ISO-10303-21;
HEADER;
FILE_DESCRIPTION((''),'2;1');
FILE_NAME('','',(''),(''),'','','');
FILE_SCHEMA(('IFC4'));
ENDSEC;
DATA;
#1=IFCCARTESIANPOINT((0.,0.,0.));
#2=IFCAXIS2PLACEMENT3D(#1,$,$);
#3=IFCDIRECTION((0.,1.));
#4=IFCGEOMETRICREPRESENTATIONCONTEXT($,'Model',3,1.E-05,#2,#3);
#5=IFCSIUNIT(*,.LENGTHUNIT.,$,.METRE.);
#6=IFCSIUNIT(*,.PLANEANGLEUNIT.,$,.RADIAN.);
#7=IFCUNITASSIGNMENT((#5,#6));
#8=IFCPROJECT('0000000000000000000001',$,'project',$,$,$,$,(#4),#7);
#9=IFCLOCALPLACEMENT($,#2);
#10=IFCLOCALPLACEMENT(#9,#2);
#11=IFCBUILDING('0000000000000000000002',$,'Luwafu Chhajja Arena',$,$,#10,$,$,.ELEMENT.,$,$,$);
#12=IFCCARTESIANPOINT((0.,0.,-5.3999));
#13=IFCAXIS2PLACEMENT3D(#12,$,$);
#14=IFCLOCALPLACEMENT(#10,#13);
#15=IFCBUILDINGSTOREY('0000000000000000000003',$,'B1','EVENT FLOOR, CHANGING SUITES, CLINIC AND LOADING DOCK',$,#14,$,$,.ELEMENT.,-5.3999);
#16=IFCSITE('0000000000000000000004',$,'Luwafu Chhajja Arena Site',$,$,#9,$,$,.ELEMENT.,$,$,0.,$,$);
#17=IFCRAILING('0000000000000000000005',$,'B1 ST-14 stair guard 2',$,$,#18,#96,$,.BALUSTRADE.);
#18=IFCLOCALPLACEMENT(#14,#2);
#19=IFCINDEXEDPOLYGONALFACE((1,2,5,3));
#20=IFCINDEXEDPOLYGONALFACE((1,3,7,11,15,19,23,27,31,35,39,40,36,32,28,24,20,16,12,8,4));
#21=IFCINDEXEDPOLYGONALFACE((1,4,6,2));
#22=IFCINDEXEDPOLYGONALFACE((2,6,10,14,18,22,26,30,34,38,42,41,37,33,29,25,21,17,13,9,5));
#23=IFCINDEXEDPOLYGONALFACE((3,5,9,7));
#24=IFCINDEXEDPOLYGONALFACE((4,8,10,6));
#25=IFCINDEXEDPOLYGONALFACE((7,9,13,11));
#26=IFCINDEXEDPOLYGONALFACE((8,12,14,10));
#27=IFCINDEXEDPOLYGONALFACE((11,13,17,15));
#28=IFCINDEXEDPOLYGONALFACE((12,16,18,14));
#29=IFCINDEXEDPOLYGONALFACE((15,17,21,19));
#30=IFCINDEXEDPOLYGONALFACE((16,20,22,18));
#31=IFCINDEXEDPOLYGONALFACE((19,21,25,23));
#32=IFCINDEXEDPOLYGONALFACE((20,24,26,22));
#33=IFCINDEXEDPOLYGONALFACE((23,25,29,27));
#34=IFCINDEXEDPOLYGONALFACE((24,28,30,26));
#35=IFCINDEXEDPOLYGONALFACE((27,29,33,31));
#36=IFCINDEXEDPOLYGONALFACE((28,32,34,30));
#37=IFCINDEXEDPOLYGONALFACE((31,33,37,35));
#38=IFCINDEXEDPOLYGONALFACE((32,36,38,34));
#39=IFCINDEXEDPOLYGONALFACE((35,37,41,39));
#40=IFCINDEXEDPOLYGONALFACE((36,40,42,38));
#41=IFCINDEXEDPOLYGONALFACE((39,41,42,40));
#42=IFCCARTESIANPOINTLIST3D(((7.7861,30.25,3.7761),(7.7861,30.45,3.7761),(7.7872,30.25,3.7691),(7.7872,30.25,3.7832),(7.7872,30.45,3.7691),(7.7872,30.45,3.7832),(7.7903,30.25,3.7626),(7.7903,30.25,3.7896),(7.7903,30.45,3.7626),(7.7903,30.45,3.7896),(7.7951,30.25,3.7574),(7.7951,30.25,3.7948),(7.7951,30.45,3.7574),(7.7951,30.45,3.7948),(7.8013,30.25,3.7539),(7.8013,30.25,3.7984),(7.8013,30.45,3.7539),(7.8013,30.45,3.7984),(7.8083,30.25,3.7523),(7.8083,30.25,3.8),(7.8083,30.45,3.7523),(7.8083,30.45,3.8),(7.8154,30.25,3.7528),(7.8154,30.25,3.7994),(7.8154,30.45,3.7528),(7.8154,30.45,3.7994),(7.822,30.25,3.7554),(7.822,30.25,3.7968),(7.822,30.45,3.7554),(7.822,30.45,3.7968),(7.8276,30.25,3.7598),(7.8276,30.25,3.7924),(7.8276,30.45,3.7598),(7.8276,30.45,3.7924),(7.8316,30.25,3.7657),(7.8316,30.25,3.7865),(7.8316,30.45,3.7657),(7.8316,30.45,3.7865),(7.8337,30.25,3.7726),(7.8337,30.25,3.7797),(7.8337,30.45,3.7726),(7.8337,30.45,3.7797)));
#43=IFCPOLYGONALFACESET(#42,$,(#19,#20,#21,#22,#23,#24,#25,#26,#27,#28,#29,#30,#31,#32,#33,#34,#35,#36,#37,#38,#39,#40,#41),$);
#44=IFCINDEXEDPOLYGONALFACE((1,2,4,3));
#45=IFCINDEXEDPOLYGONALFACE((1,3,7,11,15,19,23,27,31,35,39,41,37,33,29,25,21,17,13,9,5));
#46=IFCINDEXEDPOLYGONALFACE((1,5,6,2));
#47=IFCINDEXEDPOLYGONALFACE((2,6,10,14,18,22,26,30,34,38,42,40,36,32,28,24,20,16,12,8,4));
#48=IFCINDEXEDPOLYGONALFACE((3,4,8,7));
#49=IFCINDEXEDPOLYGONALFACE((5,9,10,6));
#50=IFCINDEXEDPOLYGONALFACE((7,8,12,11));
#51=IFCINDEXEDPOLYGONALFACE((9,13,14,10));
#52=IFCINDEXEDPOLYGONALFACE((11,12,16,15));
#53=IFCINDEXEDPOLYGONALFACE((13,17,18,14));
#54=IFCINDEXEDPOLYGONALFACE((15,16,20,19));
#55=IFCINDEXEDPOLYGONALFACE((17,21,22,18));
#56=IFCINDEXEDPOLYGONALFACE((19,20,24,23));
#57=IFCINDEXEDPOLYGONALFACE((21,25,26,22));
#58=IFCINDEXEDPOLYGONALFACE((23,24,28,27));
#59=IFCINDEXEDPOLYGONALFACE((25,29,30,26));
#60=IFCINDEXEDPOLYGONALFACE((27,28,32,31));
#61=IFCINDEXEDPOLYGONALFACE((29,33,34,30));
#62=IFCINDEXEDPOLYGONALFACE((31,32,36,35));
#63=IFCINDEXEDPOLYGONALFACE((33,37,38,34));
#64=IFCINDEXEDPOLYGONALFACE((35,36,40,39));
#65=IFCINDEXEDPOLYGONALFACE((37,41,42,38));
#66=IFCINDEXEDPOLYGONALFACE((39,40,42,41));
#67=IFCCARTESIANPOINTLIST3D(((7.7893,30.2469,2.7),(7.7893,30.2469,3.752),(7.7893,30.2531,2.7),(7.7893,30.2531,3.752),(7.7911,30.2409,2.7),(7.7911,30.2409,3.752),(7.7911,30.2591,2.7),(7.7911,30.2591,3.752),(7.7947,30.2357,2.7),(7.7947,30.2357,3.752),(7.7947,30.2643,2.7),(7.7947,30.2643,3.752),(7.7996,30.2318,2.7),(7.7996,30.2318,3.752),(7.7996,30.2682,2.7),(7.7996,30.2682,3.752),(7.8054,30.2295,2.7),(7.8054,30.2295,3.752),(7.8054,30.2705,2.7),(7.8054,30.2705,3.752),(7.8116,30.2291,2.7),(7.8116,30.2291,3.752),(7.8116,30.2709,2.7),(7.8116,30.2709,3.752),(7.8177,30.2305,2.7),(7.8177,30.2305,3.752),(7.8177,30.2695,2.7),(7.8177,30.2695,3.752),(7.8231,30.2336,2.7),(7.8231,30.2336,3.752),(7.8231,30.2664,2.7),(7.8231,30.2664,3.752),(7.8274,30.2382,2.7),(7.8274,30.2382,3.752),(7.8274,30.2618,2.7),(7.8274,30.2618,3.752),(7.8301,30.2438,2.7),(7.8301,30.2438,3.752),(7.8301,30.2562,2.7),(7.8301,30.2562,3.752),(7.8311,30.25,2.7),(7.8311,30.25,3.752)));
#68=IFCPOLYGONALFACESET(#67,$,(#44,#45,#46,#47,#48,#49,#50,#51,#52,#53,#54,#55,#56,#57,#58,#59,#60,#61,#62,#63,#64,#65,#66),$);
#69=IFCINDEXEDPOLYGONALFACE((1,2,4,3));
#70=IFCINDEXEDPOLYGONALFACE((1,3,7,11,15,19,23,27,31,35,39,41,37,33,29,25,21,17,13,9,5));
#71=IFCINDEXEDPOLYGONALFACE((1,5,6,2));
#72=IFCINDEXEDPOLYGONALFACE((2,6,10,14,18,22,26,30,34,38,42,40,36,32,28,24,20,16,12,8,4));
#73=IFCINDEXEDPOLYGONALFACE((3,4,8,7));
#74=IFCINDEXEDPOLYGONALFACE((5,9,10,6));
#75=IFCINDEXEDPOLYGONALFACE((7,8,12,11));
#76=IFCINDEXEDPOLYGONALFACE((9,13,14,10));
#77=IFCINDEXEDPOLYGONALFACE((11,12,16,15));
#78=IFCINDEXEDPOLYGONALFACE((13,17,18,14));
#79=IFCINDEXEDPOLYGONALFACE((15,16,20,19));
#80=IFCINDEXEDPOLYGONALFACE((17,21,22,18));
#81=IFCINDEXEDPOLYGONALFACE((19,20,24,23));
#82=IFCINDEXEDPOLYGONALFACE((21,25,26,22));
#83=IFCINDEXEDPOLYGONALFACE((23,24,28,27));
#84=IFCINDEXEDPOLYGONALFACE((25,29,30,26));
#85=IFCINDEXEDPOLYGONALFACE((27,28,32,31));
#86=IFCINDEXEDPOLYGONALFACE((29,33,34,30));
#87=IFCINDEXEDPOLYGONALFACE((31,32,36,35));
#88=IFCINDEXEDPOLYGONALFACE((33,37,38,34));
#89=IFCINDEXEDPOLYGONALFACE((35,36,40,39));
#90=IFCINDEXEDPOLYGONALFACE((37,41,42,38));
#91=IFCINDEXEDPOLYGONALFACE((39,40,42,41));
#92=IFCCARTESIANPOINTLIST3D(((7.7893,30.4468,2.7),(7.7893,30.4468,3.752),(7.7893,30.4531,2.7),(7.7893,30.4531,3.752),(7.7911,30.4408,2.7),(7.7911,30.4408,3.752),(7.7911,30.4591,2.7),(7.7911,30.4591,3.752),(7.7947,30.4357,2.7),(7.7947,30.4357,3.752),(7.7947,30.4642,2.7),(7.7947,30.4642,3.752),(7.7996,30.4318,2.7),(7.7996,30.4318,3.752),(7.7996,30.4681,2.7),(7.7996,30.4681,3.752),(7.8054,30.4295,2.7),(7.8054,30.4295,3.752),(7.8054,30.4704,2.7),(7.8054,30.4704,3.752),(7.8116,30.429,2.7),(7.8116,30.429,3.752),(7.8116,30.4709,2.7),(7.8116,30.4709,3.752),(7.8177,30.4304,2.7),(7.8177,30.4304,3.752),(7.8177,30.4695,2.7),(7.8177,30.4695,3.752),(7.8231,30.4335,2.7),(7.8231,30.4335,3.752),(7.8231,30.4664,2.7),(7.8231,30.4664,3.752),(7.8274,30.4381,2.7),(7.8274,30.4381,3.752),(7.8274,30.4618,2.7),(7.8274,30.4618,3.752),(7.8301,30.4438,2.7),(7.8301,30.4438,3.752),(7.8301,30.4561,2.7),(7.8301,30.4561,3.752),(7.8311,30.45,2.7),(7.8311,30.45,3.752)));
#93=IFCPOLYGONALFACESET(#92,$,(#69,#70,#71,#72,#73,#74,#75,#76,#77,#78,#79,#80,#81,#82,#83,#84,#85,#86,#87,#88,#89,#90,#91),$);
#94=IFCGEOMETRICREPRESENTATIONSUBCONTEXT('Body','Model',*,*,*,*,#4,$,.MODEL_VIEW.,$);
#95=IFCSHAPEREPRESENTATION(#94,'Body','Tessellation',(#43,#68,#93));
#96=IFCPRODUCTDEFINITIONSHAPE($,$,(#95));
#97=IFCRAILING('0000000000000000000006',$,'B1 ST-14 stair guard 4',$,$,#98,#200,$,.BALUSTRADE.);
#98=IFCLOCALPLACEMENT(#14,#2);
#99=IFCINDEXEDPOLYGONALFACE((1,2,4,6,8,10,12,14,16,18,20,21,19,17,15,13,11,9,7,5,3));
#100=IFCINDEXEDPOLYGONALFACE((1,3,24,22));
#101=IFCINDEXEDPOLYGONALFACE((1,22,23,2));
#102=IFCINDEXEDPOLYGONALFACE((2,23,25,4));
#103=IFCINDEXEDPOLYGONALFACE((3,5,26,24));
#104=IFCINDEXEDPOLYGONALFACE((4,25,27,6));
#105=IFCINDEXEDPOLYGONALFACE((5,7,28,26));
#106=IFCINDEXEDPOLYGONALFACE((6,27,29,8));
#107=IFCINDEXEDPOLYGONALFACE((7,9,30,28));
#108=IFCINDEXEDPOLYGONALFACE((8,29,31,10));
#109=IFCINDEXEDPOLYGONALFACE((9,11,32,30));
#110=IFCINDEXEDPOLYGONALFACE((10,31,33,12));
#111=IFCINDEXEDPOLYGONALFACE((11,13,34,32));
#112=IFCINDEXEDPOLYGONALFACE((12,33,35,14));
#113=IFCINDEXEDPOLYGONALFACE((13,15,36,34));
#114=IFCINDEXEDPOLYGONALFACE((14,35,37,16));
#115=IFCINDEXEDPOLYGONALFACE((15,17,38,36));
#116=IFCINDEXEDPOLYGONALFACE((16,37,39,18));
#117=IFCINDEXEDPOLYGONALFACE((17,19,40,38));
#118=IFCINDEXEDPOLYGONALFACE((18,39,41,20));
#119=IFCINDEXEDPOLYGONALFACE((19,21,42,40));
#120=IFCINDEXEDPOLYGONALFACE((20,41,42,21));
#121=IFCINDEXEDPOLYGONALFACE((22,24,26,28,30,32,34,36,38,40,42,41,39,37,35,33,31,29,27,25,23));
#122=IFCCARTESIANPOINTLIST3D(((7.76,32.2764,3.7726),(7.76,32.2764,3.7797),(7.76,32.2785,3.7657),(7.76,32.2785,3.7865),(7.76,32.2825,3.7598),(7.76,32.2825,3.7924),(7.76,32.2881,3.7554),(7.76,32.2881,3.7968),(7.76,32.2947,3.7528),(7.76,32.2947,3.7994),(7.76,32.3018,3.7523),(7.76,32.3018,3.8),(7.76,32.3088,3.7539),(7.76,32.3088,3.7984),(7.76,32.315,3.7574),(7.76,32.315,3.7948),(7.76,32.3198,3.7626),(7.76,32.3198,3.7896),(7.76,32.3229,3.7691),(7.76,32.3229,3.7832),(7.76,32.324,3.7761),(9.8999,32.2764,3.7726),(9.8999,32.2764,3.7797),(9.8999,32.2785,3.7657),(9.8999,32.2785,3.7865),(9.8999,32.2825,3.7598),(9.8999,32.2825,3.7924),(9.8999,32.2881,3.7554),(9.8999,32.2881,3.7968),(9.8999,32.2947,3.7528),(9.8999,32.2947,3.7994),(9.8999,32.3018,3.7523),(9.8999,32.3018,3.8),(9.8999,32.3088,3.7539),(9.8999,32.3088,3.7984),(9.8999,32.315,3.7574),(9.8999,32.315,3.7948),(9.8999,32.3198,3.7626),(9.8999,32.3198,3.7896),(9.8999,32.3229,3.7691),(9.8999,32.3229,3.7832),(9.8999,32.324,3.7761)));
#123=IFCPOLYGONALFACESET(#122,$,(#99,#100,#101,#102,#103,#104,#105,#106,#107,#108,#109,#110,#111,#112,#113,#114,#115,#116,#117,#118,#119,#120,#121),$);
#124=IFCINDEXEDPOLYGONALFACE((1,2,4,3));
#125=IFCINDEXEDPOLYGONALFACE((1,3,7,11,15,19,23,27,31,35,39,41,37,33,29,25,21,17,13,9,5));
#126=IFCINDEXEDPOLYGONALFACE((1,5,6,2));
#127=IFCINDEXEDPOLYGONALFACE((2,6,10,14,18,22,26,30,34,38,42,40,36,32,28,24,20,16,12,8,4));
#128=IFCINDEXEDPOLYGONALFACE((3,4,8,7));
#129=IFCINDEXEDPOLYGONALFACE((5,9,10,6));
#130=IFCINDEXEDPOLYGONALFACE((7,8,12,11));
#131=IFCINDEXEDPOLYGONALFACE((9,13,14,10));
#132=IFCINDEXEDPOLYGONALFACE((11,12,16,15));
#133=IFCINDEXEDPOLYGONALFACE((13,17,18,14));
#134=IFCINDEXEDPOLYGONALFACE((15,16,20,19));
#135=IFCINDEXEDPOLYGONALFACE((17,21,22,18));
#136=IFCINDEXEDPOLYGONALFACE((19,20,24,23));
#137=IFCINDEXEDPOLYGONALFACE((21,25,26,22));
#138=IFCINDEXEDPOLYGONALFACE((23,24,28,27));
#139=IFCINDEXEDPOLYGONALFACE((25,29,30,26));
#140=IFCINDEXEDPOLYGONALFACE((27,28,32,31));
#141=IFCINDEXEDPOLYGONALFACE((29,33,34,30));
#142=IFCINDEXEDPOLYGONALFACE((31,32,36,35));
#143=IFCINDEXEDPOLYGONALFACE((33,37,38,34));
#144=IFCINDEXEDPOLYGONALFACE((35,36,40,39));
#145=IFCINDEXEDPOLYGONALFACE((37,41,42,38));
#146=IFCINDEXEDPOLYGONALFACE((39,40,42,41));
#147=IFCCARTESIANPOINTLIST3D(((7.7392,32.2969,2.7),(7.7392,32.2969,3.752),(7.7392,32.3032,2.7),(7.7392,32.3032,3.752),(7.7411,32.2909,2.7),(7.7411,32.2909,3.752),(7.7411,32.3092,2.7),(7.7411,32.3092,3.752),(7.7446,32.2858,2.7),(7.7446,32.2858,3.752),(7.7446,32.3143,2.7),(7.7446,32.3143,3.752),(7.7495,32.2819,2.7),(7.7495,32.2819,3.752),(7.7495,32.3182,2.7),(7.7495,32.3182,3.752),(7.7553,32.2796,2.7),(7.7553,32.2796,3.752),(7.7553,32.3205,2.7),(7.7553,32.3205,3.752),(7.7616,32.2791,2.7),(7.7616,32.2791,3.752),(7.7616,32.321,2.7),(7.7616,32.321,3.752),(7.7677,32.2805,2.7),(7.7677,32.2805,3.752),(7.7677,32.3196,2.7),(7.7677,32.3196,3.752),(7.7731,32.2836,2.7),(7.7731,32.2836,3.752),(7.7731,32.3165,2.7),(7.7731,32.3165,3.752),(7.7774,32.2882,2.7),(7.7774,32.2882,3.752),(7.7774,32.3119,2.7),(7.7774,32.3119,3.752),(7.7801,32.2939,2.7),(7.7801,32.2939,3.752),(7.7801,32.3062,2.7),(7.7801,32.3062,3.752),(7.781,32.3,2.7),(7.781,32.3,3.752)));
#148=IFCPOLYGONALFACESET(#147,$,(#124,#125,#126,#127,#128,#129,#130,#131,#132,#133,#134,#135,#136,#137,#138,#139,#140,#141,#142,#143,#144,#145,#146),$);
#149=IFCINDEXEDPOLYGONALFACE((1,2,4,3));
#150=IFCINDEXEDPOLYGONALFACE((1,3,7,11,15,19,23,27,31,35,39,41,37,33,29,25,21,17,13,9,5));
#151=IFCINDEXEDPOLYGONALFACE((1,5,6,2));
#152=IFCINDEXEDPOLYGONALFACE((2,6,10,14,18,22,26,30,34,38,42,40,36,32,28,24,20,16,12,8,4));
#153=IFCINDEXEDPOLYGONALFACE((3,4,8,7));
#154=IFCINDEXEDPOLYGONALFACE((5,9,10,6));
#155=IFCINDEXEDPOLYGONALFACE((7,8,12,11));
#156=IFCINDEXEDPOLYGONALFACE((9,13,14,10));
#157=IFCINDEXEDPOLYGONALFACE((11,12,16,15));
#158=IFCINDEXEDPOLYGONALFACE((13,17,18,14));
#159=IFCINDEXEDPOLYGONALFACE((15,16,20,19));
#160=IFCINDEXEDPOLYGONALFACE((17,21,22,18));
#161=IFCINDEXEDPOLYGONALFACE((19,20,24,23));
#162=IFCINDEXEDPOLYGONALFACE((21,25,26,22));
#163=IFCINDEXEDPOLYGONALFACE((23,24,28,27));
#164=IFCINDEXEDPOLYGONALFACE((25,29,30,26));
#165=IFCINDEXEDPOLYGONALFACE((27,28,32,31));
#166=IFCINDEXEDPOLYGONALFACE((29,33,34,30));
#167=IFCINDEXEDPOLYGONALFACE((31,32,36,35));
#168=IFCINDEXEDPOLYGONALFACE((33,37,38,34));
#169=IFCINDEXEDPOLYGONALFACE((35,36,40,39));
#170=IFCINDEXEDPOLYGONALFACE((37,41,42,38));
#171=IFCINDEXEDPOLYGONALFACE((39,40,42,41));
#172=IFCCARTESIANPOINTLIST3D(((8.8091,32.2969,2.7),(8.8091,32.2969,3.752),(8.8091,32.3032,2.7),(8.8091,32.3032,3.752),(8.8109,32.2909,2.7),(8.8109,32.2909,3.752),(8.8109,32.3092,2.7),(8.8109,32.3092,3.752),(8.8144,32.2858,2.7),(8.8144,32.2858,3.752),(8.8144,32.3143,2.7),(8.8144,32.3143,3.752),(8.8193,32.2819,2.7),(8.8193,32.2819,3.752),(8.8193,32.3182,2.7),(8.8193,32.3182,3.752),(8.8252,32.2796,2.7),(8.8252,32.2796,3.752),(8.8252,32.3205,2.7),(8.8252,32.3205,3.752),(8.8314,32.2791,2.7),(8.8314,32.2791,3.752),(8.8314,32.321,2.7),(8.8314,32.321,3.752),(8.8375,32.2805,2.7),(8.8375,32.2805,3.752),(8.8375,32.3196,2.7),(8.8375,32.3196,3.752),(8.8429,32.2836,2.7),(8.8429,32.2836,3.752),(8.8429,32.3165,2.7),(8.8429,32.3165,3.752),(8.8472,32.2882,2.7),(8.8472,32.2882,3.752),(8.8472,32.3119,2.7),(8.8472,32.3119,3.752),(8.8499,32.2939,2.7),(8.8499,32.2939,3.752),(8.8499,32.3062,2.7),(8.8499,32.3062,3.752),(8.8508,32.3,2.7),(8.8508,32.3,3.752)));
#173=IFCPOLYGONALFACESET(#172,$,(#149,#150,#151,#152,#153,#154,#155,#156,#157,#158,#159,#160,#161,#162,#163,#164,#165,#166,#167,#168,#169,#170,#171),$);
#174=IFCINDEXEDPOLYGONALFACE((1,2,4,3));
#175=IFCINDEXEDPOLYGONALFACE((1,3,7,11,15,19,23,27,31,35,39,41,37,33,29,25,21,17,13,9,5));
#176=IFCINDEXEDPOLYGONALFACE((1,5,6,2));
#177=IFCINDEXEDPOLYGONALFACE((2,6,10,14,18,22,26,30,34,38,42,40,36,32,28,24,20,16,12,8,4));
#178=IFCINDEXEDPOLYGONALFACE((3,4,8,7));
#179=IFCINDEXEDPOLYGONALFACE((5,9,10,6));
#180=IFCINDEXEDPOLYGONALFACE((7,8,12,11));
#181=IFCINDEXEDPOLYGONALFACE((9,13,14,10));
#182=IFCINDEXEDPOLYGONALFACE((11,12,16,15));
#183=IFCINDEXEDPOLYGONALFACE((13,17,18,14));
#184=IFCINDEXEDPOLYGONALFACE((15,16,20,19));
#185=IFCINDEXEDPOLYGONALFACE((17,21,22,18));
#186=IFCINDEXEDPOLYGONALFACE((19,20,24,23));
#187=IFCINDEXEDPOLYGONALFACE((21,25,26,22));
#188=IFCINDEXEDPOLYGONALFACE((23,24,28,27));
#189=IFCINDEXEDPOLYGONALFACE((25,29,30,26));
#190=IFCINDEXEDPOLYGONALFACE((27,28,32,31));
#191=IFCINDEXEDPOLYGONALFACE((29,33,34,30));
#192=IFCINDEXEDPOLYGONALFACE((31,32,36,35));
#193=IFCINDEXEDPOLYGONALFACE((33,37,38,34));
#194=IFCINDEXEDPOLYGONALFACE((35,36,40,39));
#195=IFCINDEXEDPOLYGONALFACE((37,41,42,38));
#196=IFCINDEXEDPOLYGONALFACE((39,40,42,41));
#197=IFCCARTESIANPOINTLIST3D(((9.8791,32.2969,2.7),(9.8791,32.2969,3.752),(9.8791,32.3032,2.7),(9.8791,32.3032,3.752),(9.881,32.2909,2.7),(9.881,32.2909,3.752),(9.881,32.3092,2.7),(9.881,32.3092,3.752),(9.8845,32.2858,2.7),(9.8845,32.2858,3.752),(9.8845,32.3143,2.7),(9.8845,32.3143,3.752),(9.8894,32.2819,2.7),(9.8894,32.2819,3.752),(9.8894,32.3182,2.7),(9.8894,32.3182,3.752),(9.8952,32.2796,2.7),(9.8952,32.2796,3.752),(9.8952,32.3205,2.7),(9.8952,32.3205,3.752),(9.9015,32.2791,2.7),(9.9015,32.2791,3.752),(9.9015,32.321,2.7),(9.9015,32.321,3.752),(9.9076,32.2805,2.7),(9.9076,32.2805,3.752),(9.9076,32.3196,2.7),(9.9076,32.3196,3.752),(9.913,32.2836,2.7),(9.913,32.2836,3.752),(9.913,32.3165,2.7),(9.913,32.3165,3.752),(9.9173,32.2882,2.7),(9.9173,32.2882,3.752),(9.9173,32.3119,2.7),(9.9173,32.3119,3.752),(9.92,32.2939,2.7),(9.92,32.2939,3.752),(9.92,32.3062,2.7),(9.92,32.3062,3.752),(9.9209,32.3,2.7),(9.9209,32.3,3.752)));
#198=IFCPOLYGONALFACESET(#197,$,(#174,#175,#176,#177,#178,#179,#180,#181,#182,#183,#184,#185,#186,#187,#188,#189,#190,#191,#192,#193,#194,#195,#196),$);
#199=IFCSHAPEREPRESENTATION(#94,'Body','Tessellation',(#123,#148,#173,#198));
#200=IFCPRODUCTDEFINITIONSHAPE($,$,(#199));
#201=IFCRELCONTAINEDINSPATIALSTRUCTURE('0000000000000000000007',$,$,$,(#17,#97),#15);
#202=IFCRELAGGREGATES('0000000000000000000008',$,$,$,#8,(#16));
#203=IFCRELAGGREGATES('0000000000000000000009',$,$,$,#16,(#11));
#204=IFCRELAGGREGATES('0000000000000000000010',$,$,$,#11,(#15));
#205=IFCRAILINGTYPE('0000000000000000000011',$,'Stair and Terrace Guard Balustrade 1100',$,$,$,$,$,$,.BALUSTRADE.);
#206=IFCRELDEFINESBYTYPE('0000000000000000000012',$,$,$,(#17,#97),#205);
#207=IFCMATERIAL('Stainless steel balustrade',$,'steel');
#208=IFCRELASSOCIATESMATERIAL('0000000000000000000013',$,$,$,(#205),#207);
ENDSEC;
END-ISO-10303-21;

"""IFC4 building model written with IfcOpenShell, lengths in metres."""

from ifc_helpers import new_model, si_unit, direction, frame, origin, origin_2d, place, context, subcontext, project, spatial, circle, extrude, material, type_object, element, save


model = new_model("IFC4")

# Units and contexts
model_context = context("Model", 3, precision=1e-05, world=origin(), true_north=direction((0.0, 1.0)))
body_context = subcontext(model_context, "Body", "Model", "MODEL_VIEW")
ifc_project = project(units=[si_unit("LENGTHUNIT", "METRE"), si_unit("PLANEANGLEUNIT", "RADIAN")], contexts=[model_context])

# Site, building, storey
site_placement = place(None, origin())
site = spatial("IfcSite", under=ifc_project, at=site_placement, Name="Luwafu Chhajja Arena Site", CompositionType="ELEMENT", RefElevation=0.0)
building_placement = place(site_placement, origin())
building = spatial("IfcBuilding", under=site, at=building_placement, Name="Luwafu Chhajja Arena", CompositionType="ELEMENT")
storey_placement = place(building_placement, frame((0.0, 0.0, -5.3999)))
storey = spatial("IfcBuildingStorey", under=building, at=storey_placement, Name="B1", Description="EVENT FLOOR, CHANGING SUITES, CLINIC AND LOADING DOCK", CompositionType="ELEMENT", Elevation=-5.3999)

# Railings
ifc_material_1 = material(Name="Stainless steel balustrade", Category="steel")
railing_type_1 = type_object("IfcRailingType", Name="Stair and Terrace Guard Balustrade 1100", PredefinedType="BALUSTRADE", material=ifc_material_1)
railing_1_placement = place(storey_placement, frame((7.8101, 30.25, 2.7)))
element("IfcRailing", 1, at=railing_1_placement, inside=storey, type_object=railing_type_1, Name="B1 ST-14 stair guard 2", PredefinedType="BALUSTRADE", context=body_context, shape_type="SweptSolid", body=[
    extrude(circle(Radius=0.0239, at=origin_2d()), frame((0.0, 0.0, 1.0762), z_axis=(0.0, 1.0, 0.0), x_axis=(-1.0, 0.0, 0.0)), (0.0, 0.0, 1.0), 0.2),
    extrude(circle(Radius=0.021, at=origin_2d()), origin(), (0.0, 0.0, 1.0), 1.052),
    extrude(circle(Radius=0.021, at=origin_2d()), frame((0.0, 0.2, 0.0)), (0.0, 0.0, 1.0), 1.052),
])
railing_2_placement = place(storey_placement, frame((7.76, 32.3, 2.7)))
element("IfcRailing", 2, at=railing_2_placement, inside=storey, type_object=railing_type_1, Name="B1 ST-14 stair guard 4", PredefinedType="BALUSTRADE", context=body_context, shape_type="SweptSolid", body=[
    extrude(circle(Radius=0.0239, at=origin_2d()), frame((0.0, 0.0, 1.0762), z_axis=(1.0, 0.0, 0.0), x_axis=(0.0, 1.0, 0.0)), (0.0, 0.0, 1.0), 2.1399),
    extrude(circle(Radius=0.021, at=origin_2d()), origin(), (0.0, 0.0, 1.0), 1.052),
    extrude(circle(Radius=0.021, at=origin_2d()), frame((1.0698, 0.0, 0.0)), (0.0, 0.0, 1.0), 1.052),
    extrude(circle(Radius=0.021, at=origin_2d()), frame((2.1399, 0.0, 0.0)), (0.0, 0.0, 1.0), 1.052),
])

save(model, "model.ifc")
